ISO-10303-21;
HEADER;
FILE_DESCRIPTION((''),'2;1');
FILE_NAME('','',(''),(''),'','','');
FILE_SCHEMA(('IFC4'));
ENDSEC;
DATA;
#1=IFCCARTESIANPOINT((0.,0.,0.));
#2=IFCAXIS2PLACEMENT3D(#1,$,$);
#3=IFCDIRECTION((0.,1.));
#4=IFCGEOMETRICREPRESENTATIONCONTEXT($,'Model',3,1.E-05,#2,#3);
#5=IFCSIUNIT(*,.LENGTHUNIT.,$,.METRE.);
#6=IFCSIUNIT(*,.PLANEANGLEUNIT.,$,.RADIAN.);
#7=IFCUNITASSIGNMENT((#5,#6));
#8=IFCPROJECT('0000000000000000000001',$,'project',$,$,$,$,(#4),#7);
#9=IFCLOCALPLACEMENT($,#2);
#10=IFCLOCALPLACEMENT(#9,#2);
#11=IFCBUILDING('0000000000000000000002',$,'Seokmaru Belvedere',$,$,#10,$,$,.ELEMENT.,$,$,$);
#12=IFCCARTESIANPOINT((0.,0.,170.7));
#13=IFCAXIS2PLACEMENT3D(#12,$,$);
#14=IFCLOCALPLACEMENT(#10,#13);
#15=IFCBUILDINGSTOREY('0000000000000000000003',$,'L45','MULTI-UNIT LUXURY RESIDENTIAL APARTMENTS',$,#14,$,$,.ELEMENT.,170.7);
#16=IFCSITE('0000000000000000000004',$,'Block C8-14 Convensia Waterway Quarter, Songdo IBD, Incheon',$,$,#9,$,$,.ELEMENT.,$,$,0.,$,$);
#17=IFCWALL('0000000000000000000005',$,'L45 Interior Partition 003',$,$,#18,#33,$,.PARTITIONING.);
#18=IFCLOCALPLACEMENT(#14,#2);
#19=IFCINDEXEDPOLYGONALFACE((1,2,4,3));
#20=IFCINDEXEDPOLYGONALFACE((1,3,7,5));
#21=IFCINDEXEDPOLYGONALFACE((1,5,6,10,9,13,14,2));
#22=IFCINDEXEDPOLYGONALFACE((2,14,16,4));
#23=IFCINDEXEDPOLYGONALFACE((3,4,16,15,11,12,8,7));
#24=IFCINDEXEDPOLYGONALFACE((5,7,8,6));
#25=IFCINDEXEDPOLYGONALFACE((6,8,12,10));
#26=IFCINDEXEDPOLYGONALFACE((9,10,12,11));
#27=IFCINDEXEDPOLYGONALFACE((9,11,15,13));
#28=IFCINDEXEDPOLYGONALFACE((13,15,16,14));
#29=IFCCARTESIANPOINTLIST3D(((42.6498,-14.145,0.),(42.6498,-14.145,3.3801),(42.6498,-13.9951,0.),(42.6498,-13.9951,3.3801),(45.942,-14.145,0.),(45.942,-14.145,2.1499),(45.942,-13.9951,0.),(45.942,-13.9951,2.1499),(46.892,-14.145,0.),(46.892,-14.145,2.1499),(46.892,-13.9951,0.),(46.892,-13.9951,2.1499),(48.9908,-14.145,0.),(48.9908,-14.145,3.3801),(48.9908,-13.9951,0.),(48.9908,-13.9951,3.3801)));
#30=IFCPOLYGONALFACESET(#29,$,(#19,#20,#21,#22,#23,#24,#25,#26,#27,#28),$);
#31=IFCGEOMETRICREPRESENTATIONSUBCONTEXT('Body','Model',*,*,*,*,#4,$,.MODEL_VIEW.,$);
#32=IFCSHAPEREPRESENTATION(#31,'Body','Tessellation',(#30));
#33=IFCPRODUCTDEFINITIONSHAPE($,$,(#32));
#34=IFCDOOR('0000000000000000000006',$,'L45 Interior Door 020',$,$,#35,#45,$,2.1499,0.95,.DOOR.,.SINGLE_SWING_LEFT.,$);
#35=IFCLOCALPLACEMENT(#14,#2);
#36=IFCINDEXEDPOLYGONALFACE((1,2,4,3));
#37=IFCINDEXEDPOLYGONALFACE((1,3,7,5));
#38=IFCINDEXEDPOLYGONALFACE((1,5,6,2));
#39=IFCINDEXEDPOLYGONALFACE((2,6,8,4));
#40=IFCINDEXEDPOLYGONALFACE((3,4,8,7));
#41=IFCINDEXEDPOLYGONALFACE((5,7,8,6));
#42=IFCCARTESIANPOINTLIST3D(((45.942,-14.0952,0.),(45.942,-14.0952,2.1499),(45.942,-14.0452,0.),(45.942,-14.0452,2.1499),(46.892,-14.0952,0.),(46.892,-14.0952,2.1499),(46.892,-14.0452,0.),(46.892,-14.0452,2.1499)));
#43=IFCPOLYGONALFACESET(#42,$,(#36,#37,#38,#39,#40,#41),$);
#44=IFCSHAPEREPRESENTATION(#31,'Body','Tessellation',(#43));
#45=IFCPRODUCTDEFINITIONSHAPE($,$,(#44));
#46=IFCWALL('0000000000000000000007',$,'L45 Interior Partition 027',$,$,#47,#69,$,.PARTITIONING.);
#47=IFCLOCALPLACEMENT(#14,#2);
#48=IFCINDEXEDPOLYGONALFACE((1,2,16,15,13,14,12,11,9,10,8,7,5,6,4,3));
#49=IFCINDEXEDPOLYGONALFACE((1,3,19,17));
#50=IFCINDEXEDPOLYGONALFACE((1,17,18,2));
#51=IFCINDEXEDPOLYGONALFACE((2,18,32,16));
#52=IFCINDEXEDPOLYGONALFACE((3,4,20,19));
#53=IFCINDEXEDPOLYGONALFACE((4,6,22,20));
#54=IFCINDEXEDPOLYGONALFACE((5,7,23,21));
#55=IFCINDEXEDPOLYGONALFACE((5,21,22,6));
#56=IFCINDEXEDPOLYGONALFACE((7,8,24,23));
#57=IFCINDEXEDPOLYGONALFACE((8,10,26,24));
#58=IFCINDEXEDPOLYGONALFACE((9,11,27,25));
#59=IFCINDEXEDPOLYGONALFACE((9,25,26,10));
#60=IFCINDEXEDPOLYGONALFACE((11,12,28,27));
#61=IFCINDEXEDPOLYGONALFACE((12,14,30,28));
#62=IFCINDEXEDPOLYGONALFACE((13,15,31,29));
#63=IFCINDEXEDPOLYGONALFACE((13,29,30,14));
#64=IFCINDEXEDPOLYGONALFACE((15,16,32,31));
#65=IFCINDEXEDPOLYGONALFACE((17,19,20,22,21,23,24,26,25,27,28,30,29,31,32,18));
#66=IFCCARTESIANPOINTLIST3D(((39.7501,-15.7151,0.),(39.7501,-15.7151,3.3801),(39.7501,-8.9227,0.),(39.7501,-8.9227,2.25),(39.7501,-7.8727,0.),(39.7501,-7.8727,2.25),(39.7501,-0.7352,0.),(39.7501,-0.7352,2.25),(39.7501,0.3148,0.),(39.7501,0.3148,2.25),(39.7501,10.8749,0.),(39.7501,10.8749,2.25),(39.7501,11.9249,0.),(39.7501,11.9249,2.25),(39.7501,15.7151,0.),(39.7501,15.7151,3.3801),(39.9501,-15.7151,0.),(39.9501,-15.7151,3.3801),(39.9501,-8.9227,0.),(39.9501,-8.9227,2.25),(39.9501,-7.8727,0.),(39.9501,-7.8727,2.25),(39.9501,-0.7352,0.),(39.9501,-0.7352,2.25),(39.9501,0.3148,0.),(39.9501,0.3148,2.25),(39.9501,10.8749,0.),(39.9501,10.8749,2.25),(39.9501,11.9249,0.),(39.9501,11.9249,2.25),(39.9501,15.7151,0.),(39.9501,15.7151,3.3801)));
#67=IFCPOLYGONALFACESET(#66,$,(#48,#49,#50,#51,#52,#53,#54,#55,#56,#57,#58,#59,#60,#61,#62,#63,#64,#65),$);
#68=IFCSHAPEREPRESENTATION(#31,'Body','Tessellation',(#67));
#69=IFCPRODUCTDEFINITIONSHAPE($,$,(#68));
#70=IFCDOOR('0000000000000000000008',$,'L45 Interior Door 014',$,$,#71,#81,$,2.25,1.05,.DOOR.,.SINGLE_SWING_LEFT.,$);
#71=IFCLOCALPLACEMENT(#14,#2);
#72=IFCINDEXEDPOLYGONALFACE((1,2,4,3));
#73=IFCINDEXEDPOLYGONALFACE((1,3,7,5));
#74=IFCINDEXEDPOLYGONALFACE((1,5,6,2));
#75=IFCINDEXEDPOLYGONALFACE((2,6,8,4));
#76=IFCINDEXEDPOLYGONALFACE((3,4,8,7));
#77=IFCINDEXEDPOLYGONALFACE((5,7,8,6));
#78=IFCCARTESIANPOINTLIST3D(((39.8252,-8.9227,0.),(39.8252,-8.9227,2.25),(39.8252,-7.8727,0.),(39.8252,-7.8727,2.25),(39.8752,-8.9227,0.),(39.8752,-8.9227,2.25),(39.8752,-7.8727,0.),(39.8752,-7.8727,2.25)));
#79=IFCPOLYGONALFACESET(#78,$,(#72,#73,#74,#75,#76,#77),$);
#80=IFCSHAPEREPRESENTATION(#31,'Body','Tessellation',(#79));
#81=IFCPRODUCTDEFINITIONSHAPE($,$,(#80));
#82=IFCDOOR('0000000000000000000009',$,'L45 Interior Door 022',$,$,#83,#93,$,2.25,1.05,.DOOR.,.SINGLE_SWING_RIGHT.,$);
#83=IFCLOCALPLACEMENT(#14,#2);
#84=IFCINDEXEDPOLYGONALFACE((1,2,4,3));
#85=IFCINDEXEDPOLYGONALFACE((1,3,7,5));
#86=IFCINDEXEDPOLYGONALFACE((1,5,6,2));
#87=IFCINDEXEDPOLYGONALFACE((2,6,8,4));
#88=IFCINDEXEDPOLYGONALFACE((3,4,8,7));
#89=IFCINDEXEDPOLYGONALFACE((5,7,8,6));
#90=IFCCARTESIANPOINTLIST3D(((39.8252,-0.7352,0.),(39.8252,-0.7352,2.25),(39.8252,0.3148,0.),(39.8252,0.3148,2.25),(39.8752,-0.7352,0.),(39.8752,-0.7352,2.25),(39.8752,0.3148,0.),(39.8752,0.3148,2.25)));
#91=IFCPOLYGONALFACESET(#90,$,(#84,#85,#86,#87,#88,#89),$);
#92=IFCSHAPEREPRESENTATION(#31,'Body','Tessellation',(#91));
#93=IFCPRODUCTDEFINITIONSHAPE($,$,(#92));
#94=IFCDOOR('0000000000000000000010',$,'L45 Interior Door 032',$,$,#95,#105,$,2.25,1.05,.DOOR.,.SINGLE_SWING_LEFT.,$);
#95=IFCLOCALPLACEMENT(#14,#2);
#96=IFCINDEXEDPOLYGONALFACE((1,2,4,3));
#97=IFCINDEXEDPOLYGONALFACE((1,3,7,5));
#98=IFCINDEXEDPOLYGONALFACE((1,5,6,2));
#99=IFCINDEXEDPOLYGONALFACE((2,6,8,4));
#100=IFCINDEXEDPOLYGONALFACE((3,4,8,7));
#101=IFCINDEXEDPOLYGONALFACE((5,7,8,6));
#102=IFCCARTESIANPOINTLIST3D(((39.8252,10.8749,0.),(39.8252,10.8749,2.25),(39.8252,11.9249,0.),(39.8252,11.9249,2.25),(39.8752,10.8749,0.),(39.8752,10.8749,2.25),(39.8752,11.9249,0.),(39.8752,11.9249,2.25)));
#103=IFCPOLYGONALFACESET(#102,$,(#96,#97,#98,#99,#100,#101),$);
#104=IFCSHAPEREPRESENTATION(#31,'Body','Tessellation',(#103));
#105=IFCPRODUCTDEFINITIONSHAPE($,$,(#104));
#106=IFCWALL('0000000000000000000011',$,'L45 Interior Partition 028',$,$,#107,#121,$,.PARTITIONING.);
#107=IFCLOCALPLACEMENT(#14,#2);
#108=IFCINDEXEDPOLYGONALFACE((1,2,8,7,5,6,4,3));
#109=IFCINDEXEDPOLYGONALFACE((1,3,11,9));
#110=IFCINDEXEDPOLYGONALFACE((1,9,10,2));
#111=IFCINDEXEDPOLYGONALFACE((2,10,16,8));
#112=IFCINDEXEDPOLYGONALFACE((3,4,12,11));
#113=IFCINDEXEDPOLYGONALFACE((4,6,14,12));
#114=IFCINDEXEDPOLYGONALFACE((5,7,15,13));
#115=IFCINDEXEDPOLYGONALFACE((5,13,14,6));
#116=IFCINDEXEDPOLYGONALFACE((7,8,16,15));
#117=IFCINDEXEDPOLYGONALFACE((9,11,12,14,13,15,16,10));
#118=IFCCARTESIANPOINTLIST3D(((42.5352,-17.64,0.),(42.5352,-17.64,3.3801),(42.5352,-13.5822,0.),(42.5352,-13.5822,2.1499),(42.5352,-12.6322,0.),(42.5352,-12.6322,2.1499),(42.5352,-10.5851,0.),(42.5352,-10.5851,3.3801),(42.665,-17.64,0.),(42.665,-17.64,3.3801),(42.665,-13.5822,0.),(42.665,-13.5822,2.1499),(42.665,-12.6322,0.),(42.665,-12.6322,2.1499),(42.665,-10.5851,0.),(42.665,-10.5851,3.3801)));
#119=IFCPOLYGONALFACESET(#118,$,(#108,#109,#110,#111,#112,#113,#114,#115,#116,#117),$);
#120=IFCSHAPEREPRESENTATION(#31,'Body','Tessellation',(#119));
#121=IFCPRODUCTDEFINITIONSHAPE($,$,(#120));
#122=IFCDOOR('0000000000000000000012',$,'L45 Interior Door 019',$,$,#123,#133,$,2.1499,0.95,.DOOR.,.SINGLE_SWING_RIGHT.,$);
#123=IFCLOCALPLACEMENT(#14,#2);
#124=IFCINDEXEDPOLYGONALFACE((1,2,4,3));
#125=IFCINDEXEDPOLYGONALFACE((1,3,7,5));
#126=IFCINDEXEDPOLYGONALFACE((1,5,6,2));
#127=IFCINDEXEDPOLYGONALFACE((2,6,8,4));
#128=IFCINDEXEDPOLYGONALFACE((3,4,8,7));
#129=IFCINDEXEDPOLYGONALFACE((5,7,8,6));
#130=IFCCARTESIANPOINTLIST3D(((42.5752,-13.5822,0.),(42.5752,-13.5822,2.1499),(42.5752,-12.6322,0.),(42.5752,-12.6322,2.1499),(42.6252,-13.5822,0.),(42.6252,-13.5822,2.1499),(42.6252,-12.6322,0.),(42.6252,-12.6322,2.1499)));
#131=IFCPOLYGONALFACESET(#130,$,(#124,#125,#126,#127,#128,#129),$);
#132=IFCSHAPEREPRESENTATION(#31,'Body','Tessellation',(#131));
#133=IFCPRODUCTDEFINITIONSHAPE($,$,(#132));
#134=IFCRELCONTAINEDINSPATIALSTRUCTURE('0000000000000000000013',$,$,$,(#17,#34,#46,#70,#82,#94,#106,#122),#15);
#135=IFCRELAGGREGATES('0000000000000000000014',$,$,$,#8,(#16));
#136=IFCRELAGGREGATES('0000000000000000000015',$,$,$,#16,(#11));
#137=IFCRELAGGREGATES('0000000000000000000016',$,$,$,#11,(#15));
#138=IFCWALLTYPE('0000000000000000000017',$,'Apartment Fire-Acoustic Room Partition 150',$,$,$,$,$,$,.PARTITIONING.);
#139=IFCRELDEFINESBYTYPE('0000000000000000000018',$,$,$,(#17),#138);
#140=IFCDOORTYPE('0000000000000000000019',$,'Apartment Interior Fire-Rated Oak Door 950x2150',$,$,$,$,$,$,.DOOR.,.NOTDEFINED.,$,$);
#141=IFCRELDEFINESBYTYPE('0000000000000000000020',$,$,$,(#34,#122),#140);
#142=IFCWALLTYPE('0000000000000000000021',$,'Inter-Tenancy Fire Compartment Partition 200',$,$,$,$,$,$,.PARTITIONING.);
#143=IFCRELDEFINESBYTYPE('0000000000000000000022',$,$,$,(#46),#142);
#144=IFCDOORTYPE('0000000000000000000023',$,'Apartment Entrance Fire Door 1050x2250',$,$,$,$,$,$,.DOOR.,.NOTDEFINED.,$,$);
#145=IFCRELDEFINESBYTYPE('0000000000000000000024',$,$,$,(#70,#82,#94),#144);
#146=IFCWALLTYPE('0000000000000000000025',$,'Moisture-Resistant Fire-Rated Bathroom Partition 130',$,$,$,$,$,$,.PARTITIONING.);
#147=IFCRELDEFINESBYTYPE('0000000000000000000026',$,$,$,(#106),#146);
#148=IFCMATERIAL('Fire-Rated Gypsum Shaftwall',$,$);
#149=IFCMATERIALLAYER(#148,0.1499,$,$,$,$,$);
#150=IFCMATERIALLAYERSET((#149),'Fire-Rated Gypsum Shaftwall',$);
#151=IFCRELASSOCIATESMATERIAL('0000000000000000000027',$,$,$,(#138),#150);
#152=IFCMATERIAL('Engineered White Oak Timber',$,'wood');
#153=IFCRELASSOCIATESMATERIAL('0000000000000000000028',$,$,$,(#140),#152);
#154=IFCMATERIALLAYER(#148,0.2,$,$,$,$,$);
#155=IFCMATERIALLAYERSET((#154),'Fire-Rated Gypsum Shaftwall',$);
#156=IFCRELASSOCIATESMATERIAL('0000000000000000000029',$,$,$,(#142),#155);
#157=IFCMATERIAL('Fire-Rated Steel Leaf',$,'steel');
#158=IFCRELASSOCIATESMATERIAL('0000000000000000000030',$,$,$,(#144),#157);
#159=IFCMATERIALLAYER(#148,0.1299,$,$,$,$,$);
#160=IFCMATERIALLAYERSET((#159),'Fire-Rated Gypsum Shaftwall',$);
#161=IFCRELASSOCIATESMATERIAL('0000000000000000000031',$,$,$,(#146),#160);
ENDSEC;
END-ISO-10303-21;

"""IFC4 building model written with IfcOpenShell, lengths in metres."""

from ifc_helpers import new_model, si_unit, direction, frame, frame_2d, origin, place, context, subcontext, project, spatial, rectangle, extrude, source, transform, mapped, material, layer, layer_set, type_object, type_shapes, element, fill, save


model = new_model("IFC4")

# Units and contexts
model_context = context("Model", 3, precision=1e-05, world=origin(), true_north=direction((0.0, 1.0)))
body_context = subcontext(model_context, "Body", "Model", "MODEL_VIEW")
ifc_project = project(units=[si_unit("LENGTHUNIT", "METRE"), si_unit("PLANEANGLEUNIT", "RADIAN")], contexts=[model_context])

# Site, building, storey
site_placement = place(None, origin())
site = spatial("IfcSite", under=ifc_project, at=site_placement, Name="Block C8-14 Convensia Waterway Quarter, Songdo IBD, Incheon", CompositionType="ELEMENT", RefElevation=0.0)
building_placement = place(site_placement, origin())
building = spatial("IfcBuilding", under=site, at=building_placement, Name="Seokmaru Belvedere", CompositionType="ELEMENT")
storey_placement = place(building_placement, frame((0.0, 0.0, 170.7)))
storey = spatial("IfcBuildingStorey", under=building, at=storey_placement, Name="L45", Description="MULTI-UNIT LUXURY RESIDENTIAL APARTMENTS", CompositionType="ELEMENT", Elevation=170.7)

# Wall, opening, door
ifc_material_1 = material(Name="Fire-Rated Gypsum Shaftwall")
ifc_layer_1 = layer(ifc_material_1, 0.1499)
ifc_layer_set_1 = layer_set([ifc_layer_1], Name="Fire-Rated Gypsum Shaftwall")
wall_type_1 = type_object("IfcWallType", Name="Apartment Fire-Acoustic Room Partition 150", PredefinedType="PARTITIONING", material=ifc_layer_set_1)
wall_1_placement = place(storey_placement, frame((42.6499, -14.0701, 0.0), z_axis=(0.0, 0.0, 1.0), x_axis=(1.0, 0.0, 0.0)))
wall_1 = element("IfcWall", 1, at=wall_1_placement, inside=storey, type_object=wall_type_1, Name="L45 Interior Partition 003", PredefinedType="PARTITIONING", context=body_context, shape_type="SweptSolid", body=[
    extrude(rectangle(XDim=6.3411, YDim=0.1499, at=frame_2d((3.1704, 0.0))), origin(), (0.0, 0.0, 1.0), 3.3801),
])
opening_1_placement = place(wall_1_placement, frame((3.292, 0.0, 0.0)))
opening_1 = element("IfcOpeningElement", 2, at=opening_1_placement, cuts=wall_1, PredefinedType="OPENING", context=body_context, shape_type="SweptSolid", body=[
    extrude(rectangle(XDim=0.95, YDim=2.1499, at=frame_2d((0.4751, 1.075))), frame((0.0, 0.085, 0.0), z_axis=(0.0, -1.0, 0.0), x_axis=(1.0, 0.0, 0.0)), (0.0, 0.0, 1.0), 0.1699),
])
ifc_material_2 = material(Name="Engineered White Oak Timber", Category="wood")
door_type_1 = type_object("IfcDoorType", Name="Apartment Interior Fire-Rated Oak Door 950x2150", OperationType="NOTDEFINED", PredefinedType="DOOR", material=ifc_material_2)
shared_shape_1 = source(origin(), body_context, "Body", "SweptSolid", [
    extrude(rectangle(XDim=0.95, YDim=2.1499, at=frame_2d((0.4751, 1.075))), frame((0.0, 0.0249, 0.0), z_axis=(0.0, -1.0, 0.0), x_axis=(1.0, 0.0, 0.0)), (0.0, 0.0, 1.0), 0.05),
])
type_shapes(door_type_1, [shared_shape_1])
door_1_placement = place(opening_1_placement, origin())
door_1 = element("IfcDoor", 3, at=door_1_placement, inside=storey, type_object=door_type_1, Name="L45 Interior Door 020", OperationType="SINGLE_SWING_LEFT", OverallHeight=2.1499, OverallWidth=0.95, PredefinedType="DOOR", context=body_context, shape_type="MappedRepresentation", body=[
    mapped(shared_shape_1, transform((0.0, 0.0, 0.0), scale=1.0)),
])
fill(opening_1, door_1)

# Wall, openings, doors
ifc_layer_2 = layer(ifc_material_1, 0.2)
ifc_layer_set_2 = layer_set([ifc_layer_2], Name="Fire-Rated Gypsum Shaftwall")
wall_type_2 = type_object("IfcWallType", Name="Inter-Tenancy Fire Compartment Partition 200", PredefinedType="PARTITIONING", material=ifc_layer_set_2)
wall_2_placement = place(storey_placement, frame((39.8501, -15.7151, 0.0), z_axis=(0.0, 0.0, 1.0), x_axis=(0.0, 1.0, 0.0)))
wall_2 = element("IfcWall", 4, at=wall_2_placement, inside=storey, type_object=wall_type_2, Name="L45 Interior Partition 027", PredefinedType="PARTITIONING", context=body_context, shape_type="SweptSolid", body=[
    extrude(rectangle(XDim=31.4302, YDim=0.2, at=frame_2d((15.7151, 0.0))), origin(), (0.0, 0.0, 1.0), 3.3801),
])
opening_2_placement = place(wall_2_placement, frame((6.7925, 0.0, 0.0)))
opening_2 = element("IfcOpeningElement", 5, at=opening_2_placement, cuts=wall_2, PredefinedType="OPENING", context=body_context, shape_type="SweptSolid", body=[
    extrude(rectangle(XDim=1.05, YDim=2.25, at=frame_2d((0.5249, 1.125))), frame((0.0, 0.1099, 0.0), z_axis=(0.0, -1.0, 0.0), x_axis=(1.0, 0.0, 0.0)), (0.0, 0.0, 1.0), 0.22),
])
opening_3_placement = place(wall_2_placement, frame((14.98, 0.0, 0.0)))
opening_3 = element("IfcOpeningElement", 6, at=opening_3_placement, cuts=wall_2, PredefinedType="OPENING", context=body_context, shape_type="SweptSolid", body=[
    extrude(rectangle(XDim=1.05, YDim=2.25, at=frame_2d((0.5249, 1.125))), frame((0.0, 0.1099, 0.0), z_axis=(0.0, -1.0, 0.0), x_axis=(1.0, 0.0, 0.0)), (0.0, 0.0, 1.0), 0.22),
])
opening_4_placement = place(wall_2_placement, frame((26.5901, 0.0, 0.0)))
opening_4 = element("IfcOpeningElement", 7, at=opening_4_placement, cuts=wall_2, PredefinedType="OPENING", context=body_context, shape_type="SweptSolid", body=[
    extrude(rectangle(XDim=1.05, YDim=2.25, at=frame_2d((0.5249, 1.125))), frame((0.0, 0.1099, 0.0), z_axis=(0.0, -1.0, 0.0), x_axis=(1.0, 0.0, 0.0)), (0.0, 0.0, 1.0), 0.22),
])
ifc_material_3 = material(Name="Fire-Rated Steel Leaf", Category="steel")
door_type_2 = type_object("IfcDoorType", Name="Apartment Entrance Fire Door 1050x2250", OperationType="NOTDEFINED", PredefinedType="DOOR", material=ifc_material_3)
shared_shape_2 = source(origin(), body_context, "Body", "SweptSolid", [
    extrude(rectangle(XDim=1.05, YDim=2.25, at=frame_2d((0.5249, 1.125))), frame((0.0, 0.0249, 0.0), z_axis=(0.0, -1.0, 0.0), x_axis=(1.0, 0.0, 0.0)), (0.0, 0.0, 1.0), 0.05),
])
type_shapes(door_type_2, [shared_shape_2])
door_2_placement = place(opening_2_placement, origin())
door_2 = element("IfcDoor", 8, at=door_2_placement, inside=storey, type_object=door_type_2, Name="L45 Interior Door 014", OperationType="SINGLE_SWING_LEFT", OverallHeight=2.25, OverallWidth=1.05, PredefinedType="DOOR", context=body_context, shape_type="MappedRepresentation", body=[
    mapped(shared_shape_2, transform((0.0, 0.0, 0.0), scale=1.0)),
])
fill(opening_2, door_2)
door_3_placement = place(opening_3_placement, origin())
door_3 = element("IfcDoor", 9, at=door_3_placement, inside=storey, type_object=door_type_2, Name="L45 Interior Door 022", OperationType="SINGLE_SWING_RIGHT", OverallHeight=2.25, OverallWidth=1.05, PredefinedType="DOOR", context=body_context, shape_type="MappedRepresentation", body=[
    mapped(shared_shape_2, transform((0.0, 0.0, 0.0), scale=1.0)),
])
fill(opening_3, door_3)
door_4_placement = place(opening_4_placement, origin())
door_4 = element("IfcDoor", 10, at=door_4_placement, inside=storey, type_object=door_type_2, Name="L45 Interior Door 032", OperationType="SINGLE_SWING_LEFT", OverallHeight=2.25, OverallWidth=1.05, PredefinedType="DOOR", context=body_context, shape_type="MappedRepresentation", body=[
    mapped(shared_shape_2, transform((0.0, 0.0, 0.0), scale=1.0)),
])
fill(opening_4, door_4)

# Wall, opening, door
ifc_layer_3 = layer(ifc_material_1, 0.1299)
ifc_layer_set_3 = layer_set([ifc_layer_3], Name="Fire-Rated Gypsum Shaftwall")
wall_type_3 = type_object("IfcWallType", Name="Moisture-Resistant Fire-Rated Bathroom Partition 130", PredefinedType="PARTITIONING", material=ifc_layer_set_3)
wall_3_placement = place(storey_placement, frame((42.6001, -17.6399, 0.0), z_axis=(0.0, 0.0, 1.0), x_axis=(0.0, 1.0, 0.0)))
wall_3 = element("IfcWall", 11, at=wall_3_placement, inside=storey, type_object=wall_type_3, Name="L45 Interior Partition 028", PredefinedType="PARTITIONING", context=body_context, shape_type="SweptSolid", body=[
    extrude(rectangle(XDim=7.0549, YDim=0.1299, at=frame_2d((3.5273, 0.0))), origin(), (0.0, 0.0, 1.0), 3.3801),
])
opening_5_placement = place(wall_3_placement, frame((4.0576, 0.0, 0.0)))
opening_5 = element("IfcOpeningElement", 12, at=opening_5_placement, cuts=wall_3, PredefinedType="OPENING", context=body_context, shape_type="SweptSolid", body=[
    extrude(rectangle(XDim=0.95, YDim=2.1499, at=frame_2d((0.4751, 1.075))), frame((0.0, 0.075, 0.0), z_axis=(0.0, -1.0, 0.0), x_axis=(1.0, 0.0, 0.0)), (0.0, 0.0, 1.0), 0.1499),
])
door_5_placement = place(opening_5_placement, origin())
door_5 = element("IfcDoor", 13, at=door_5_placement, inside=storey, type_object=door_type_1, Name="L45 Interior Door 019", OperationType="SINGLE_SWING_RIGHT", OverallHeight=2.1499, OverallWidth=0.95, PredefinedType="DOOR", context=body_context, shape_type="MappedRepresentation", body=[
    mapped(shared_shape_1, transform((0.0, 0.0, 0.0), scale=1.0)),
])
fill(opening_5, door_5)

save(model, "model.ifc")
